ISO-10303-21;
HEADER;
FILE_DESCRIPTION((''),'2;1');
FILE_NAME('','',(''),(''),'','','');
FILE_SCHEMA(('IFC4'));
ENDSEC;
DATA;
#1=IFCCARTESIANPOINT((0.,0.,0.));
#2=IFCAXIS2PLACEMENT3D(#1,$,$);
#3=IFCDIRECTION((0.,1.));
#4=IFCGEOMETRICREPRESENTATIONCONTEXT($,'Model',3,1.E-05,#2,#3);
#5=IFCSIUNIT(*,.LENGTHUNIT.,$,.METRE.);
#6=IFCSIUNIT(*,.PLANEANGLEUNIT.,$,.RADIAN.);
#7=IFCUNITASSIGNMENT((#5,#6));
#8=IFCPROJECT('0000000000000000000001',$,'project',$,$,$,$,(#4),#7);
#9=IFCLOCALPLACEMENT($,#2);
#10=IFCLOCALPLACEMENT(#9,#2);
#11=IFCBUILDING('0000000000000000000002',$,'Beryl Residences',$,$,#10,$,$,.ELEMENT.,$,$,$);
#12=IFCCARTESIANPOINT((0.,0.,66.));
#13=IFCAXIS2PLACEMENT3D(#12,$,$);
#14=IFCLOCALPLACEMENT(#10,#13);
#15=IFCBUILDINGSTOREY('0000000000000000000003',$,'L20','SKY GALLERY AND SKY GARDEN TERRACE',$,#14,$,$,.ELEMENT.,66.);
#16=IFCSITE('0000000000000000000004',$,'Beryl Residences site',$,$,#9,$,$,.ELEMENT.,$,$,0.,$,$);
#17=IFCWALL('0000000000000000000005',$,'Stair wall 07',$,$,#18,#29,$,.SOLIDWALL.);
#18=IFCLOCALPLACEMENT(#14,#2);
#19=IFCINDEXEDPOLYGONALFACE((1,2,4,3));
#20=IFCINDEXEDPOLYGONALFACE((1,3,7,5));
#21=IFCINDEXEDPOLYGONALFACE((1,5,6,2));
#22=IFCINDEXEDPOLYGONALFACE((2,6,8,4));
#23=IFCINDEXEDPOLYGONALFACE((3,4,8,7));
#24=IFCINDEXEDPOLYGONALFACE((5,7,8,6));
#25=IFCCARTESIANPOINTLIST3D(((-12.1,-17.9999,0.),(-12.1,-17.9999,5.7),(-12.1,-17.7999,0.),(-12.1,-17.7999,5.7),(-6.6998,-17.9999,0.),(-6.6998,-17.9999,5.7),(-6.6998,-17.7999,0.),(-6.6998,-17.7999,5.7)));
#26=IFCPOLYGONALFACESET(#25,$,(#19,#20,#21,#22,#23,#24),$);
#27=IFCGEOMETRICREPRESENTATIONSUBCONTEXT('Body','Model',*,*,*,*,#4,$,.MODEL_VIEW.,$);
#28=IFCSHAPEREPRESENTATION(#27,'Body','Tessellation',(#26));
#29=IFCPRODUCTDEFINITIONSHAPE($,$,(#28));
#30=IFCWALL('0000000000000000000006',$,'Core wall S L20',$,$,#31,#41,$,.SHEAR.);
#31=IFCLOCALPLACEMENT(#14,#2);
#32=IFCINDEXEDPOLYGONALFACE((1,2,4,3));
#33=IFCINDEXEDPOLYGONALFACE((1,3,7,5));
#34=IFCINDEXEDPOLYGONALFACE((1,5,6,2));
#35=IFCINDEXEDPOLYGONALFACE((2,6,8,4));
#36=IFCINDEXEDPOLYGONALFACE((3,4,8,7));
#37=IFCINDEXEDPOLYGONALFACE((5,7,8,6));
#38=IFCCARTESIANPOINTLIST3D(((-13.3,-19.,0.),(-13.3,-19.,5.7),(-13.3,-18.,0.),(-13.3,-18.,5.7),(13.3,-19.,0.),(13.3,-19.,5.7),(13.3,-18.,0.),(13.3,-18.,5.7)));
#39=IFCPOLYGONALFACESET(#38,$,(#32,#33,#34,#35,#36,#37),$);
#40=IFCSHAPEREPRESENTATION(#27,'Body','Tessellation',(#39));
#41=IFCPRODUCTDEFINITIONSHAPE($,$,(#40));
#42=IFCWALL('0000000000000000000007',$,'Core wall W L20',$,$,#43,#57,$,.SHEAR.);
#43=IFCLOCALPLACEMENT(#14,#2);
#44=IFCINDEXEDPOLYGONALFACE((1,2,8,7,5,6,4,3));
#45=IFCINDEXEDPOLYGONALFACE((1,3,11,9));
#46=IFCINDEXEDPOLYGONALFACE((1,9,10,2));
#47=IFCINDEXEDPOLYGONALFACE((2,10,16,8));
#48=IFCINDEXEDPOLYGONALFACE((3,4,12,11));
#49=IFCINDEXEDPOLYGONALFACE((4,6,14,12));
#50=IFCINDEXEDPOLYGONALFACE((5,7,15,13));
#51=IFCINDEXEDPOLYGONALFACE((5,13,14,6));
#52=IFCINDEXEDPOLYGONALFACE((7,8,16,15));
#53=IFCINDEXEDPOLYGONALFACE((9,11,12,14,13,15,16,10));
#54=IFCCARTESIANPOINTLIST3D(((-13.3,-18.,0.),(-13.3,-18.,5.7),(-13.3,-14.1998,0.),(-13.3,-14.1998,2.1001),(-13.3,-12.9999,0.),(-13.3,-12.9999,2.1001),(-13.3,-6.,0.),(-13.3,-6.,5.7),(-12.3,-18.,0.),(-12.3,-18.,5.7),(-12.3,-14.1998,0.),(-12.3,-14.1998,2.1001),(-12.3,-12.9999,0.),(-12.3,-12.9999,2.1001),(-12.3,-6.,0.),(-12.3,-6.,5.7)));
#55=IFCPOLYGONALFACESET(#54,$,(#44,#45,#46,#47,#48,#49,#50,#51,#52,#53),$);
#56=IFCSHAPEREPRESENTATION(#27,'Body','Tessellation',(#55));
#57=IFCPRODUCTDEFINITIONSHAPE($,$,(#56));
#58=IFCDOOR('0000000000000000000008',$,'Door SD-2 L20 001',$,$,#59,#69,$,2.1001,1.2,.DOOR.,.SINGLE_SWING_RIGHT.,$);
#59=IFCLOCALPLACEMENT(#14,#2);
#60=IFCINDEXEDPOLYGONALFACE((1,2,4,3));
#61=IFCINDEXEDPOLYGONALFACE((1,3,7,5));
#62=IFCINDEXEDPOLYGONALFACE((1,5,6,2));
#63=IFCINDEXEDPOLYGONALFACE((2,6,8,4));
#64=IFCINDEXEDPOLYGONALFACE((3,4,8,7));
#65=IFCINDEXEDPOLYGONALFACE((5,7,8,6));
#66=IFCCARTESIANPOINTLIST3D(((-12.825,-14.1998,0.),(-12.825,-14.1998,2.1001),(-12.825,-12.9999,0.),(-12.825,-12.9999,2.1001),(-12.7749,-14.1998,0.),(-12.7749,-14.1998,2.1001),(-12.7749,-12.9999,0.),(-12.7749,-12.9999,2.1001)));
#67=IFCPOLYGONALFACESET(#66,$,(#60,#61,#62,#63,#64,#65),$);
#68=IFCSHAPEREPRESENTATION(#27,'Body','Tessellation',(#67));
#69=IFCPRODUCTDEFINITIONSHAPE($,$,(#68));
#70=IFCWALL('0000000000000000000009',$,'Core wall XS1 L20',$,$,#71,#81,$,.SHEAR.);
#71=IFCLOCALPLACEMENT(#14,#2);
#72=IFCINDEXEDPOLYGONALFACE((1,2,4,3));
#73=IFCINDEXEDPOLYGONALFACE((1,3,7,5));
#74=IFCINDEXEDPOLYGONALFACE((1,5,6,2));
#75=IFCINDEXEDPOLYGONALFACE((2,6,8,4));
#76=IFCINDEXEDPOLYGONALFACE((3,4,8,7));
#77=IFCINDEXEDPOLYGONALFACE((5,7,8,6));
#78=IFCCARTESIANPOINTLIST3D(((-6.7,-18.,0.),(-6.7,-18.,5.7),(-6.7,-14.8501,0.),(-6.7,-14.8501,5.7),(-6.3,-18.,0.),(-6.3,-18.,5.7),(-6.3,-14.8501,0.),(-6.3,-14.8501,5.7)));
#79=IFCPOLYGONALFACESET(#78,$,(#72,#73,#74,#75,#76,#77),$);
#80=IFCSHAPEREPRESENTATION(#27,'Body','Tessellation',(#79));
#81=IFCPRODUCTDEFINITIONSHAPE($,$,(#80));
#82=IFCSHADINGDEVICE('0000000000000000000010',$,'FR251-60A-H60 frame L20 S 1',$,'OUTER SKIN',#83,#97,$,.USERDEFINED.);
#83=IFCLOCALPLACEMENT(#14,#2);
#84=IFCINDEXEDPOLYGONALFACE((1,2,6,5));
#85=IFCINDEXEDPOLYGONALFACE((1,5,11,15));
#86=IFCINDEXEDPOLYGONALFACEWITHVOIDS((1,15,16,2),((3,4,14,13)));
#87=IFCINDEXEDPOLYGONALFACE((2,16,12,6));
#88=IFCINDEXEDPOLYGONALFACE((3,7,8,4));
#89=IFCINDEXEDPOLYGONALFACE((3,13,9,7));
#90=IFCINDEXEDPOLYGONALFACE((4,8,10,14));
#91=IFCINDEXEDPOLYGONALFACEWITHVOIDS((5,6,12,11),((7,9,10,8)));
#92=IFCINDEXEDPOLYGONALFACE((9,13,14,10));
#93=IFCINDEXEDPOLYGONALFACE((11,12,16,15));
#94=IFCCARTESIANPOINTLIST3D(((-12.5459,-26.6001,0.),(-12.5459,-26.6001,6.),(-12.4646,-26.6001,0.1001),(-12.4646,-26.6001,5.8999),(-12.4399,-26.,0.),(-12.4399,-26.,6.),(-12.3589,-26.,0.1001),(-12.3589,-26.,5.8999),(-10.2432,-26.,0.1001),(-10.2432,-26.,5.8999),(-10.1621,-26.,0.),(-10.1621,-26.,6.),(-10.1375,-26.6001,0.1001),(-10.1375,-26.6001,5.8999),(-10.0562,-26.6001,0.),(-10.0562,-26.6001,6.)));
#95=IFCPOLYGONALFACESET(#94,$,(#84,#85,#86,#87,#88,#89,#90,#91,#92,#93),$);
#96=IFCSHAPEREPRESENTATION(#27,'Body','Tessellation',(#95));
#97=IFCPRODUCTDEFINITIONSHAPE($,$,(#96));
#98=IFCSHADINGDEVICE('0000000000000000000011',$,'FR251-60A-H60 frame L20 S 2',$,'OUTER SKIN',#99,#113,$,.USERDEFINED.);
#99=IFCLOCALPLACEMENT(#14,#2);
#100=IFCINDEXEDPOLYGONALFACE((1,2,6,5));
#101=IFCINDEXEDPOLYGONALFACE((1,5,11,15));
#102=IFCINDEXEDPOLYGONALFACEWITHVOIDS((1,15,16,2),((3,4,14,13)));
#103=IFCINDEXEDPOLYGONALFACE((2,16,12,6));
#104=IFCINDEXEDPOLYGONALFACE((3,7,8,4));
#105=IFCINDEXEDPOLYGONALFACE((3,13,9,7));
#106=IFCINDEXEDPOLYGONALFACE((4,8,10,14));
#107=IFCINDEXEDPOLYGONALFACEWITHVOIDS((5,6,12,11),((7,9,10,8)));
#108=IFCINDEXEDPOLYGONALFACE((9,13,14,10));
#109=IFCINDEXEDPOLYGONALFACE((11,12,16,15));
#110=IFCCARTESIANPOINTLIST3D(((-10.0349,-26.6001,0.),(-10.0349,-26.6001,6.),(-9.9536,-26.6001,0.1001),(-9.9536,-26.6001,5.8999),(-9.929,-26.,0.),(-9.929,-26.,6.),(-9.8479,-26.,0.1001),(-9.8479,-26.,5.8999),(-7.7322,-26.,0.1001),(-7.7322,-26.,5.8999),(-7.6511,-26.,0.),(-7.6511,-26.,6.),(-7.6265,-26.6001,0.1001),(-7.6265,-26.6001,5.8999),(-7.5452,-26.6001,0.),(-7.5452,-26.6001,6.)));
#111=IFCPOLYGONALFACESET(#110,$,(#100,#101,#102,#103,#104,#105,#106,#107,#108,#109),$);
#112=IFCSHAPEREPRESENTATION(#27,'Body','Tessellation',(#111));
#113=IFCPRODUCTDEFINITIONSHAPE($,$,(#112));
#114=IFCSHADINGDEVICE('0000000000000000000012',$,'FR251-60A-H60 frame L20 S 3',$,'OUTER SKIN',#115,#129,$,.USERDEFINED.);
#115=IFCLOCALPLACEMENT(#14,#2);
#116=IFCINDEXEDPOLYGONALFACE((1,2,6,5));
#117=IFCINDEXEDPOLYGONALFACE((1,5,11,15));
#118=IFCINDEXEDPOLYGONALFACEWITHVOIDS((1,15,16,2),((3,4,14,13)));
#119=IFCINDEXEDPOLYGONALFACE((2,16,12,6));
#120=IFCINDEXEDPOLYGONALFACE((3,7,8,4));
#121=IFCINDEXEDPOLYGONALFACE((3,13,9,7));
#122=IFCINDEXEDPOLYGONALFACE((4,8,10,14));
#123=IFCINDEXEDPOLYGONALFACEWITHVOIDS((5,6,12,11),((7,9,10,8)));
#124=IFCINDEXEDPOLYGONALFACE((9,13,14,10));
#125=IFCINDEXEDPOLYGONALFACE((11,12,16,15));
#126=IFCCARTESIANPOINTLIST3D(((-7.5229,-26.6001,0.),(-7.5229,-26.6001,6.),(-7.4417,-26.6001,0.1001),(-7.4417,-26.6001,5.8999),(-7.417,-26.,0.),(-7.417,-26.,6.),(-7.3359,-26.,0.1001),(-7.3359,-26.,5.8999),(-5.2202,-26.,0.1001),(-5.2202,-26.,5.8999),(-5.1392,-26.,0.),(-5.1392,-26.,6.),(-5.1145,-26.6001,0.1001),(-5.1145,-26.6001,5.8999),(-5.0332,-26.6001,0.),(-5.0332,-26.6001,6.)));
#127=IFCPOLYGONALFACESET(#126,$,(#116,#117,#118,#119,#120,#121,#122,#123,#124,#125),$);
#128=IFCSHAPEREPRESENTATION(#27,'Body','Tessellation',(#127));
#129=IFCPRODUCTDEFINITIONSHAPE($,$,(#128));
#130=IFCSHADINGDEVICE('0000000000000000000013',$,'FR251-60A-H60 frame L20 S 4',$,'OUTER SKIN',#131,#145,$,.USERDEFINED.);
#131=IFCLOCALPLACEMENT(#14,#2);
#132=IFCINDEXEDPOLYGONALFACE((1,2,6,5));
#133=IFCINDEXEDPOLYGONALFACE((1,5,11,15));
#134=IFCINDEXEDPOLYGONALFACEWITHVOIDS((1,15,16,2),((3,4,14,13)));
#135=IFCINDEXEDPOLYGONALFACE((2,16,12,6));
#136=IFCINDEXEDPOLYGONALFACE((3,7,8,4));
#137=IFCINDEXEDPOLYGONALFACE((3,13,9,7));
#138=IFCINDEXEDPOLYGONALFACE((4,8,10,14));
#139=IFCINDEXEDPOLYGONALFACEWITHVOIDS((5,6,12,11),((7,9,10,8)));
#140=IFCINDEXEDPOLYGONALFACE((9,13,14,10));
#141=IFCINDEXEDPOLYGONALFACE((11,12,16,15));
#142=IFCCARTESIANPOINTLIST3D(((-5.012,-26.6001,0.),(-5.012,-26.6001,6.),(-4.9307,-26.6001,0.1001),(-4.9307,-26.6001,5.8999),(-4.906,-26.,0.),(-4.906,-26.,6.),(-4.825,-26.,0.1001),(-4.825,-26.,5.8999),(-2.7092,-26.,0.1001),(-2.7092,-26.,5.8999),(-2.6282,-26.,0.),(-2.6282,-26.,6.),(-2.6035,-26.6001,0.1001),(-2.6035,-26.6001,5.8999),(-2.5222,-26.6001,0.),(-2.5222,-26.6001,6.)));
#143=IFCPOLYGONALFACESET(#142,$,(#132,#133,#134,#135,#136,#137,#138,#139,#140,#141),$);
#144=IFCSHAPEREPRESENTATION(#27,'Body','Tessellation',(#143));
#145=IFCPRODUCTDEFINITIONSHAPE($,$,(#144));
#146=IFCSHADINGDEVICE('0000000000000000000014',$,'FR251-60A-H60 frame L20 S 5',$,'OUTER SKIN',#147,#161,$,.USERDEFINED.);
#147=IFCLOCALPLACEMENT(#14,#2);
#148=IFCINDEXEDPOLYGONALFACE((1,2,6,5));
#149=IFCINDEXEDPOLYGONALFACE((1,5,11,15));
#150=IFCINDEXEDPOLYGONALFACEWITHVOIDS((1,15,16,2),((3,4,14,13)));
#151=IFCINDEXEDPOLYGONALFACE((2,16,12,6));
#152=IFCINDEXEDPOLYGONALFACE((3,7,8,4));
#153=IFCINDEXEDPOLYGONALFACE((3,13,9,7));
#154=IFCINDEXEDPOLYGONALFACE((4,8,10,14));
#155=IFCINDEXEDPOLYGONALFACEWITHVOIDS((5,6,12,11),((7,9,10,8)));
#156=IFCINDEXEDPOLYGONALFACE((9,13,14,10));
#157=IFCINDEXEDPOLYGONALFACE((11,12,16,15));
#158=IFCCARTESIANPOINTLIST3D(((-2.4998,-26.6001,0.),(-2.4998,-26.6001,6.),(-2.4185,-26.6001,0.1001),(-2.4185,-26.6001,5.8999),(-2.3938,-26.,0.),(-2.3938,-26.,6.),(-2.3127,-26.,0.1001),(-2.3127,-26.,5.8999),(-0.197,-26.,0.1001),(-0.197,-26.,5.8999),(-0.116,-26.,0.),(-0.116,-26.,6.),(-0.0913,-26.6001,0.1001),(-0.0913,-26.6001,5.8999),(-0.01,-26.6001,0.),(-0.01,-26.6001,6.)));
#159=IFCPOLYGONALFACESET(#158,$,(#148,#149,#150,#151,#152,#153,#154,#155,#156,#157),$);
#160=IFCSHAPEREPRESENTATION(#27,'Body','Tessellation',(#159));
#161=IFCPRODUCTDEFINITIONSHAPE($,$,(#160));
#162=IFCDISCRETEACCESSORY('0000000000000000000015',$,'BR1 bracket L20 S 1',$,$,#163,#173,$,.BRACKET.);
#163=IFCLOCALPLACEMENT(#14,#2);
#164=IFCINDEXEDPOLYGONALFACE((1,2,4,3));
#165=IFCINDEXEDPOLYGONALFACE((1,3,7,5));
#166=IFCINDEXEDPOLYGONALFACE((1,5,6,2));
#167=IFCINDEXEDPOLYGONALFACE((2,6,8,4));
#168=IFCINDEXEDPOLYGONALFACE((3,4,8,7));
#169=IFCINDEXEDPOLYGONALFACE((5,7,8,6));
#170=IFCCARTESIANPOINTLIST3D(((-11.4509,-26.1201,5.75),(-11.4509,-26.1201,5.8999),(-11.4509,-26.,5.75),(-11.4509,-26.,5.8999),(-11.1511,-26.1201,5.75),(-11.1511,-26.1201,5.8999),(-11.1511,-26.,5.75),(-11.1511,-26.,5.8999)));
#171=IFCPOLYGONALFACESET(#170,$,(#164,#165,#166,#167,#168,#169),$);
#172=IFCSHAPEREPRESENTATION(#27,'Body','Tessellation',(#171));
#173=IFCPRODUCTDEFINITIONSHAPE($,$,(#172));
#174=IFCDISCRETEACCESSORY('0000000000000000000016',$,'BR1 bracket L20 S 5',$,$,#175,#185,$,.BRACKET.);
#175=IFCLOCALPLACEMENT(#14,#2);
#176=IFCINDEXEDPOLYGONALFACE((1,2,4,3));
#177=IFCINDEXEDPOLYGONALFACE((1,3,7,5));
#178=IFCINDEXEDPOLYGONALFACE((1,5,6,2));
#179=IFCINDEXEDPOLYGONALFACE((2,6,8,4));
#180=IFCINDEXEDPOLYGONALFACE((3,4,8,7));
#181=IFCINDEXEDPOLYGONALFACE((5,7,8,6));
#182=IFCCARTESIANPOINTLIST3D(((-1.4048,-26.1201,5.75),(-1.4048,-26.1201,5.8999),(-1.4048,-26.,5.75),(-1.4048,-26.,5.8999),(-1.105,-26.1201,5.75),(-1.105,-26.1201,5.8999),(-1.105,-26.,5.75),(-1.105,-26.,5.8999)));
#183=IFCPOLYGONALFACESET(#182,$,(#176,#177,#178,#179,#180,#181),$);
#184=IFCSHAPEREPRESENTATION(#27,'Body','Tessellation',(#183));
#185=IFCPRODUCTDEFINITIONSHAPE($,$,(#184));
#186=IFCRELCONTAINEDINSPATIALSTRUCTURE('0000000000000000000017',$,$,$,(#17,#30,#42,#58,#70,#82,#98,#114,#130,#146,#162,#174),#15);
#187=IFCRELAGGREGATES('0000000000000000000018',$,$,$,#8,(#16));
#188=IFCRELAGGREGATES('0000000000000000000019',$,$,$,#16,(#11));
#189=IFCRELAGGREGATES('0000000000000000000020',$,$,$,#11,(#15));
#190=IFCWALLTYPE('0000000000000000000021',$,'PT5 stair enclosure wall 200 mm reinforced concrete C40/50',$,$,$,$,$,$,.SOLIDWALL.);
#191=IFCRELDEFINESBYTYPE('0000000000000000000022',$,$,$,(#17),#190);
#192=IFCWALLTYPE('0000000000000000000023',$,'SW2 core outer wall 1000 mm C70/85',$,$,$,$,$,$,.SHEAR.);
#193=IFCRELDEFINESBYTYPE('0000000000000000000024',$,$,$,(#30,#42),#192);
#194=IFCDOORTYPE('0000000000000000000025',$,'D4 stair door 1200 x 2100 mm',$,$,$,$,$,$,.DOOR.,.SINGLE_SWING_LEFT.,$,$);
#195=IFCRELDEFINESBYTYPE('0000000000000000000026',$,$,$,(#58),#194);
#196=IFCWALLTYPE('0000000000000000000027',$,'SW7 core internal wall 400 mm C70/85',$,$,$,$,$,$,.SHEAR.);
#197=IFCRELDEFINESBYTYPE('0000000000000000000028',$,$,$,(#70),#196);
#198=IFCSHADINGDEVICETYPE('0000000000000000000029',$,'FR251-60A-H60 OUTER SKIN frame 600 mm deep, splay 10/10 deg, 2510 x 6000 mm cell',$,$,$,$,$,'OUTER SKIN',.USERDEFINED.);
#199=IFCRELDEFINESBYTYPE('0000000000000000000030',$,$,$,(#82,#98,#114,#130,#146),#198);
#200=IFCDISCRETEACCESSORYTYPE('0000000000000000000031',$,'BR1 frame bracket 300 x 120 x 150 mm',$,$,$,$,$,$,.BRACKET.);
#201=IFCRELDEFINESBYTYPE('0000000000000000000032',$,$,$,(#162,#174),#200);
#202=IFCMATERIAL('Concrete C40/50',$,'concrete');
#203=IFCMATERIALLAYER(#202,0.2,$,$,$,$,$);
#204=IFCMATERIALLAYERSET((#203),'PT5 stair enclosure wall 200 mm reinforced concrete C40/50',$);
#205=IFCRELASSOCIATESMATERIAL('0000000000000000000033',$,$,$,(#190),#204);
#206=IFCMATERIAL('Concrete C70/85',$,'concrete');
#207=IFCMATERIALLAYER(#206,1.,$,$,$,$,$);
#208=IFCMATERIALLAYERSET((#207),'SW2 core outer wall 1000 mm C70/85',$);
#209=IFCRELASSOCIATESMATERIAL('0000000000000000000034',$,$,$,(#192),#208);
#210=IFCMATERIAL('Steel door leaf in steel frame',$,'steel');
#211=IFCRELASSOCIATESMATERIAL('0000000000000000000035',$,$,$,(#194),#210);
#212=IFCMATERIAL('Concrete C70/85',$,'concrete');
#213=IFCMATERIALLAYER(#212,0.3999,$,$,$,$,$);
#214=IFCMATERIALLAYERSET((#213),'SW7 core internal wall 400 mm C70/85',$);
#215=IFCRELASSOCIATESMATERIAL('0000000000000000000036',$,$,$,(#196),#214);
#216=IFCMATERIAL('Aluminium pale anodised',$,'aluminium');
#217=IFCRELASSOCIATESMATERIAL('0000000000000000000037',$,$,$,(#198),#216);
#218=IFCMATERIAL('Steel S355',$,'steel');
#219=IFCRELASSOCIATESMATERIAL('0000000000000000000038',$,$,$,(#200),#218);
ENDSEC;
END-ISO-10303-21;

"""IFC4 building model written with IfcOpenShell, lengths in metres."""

from ifc_helpers import new_model, entity, si_unit, direction, frame, frame_2d, origin, place, context, subcontext, project, spatial, polyline, rectangle, outline, extrude, source, transform, mapped, material, layer, layer_set, type_object, type_shapes, element, fill, save


model = new_model("IFC4")

# Units and contexts
model_context = context("Model", 3, precision=1e-05, world=origin(), true_north=direction((0.0, 1.0)))
body_context = subcontext(model_context, "Body", "Model", "MODEL_VIEW")
ifc_project = project(units=[si_unit("LENGTHUNIT", "METRE"), si_unit("PLANEANGLEUNIT", "RADIAN")], contexts=[model_context])

# Site, building, storey
site_placement = place(None, origin())
site = spatial("IfcSite", under=ifc_project, at=site_placement, Name="Beryl Residences site", CompositionType="ELEMENT", RefElevation=0.0)
building_placement = place(site_placement, origin())
building = spatial("IfcBuilding", under=site, at=building_placement, Name="Beryl Residences", CompositionType="ELEMENT")
storey_placement = place(building_placement, frame((0.0, 0.0, 66.0)))
storey = spatial("IfcBuildingStorey", under=building, at=storey_placement, Name="L20", Description="SKY GALLERY AND SKY GARDEN TERRACE", CompositionType="ELEMENT", Elevation=66.0)

# Walls
ifc_material_1 = material(Name="Concrete C40/50", Category="concrete")
ifc_layer_1 = layer(ifc_material_1, 0.2)
ifc_layer_set_1 = layer_set([ifc_layer_1], Name="PT5 stair enclosure wall 200 mm reinforced concrete C40/50")
wall_type_1 = type_object("IfcWallType", Name="PT5 stair enclosure wall 200 mm reinforced concrete C40/50", PredefinedType="SOLIDWALL", material=ifc_layer_set_1)
wall_1_placement = place(storey_placement, frame((-12.1001, -17.8999, 0.0), z_axis=(0.0, 0.0, 1.0), x_axis=(1.0, 0.0, 0.0)))
element("IfcWall", 1, at=wall_1_placement, inside=storey, type_object=wall_type_1, Name="Stair wall 07", PredefinedType="SOLIDWALL", context=body_context, shape_type="SweptSolid", body=[
    extrude(rectangle(XDim=5.4001, YDim=0.2, at=frame_2d((2.7002, 0.0))), origin(), (0.0, 0.0, 1.0), 5.7),
])
ifc_material_2 = material(Name="Concrete C70/85", Category="concrete")
ifc_layer_2 = layer(ifc_material_2, 1.0)
ifc_layer_set_2 = layer_set([ifc_layer_2], Name="SW2 core outer wall 1000 mm C70/85")
wall_type_2 = type_object("IfcWallType", Name="SW2 core outer wall 1000 mm C70/85", PredefinedType="SHEAR", material=ifc_layer_set_2)
wall_2_placement = place(storey_placement, frame((-13.3, -18.5, 0.0), z_axis=(0.0, 0.0, 1.0), x_axis=(1.0, 0.0, 0.0)))
element("IfcWall", 2, at=wall_2_placement, inside=storey, type_object=wall_type_2, Name="Core wall S L20", PredefinedType="SHEAR", context=body_context, shape_type="SweptSolid", body=[
    extrude(rectangle(XDim=26.6001, YDim=1.0, at=frame_2d((13.3, 0.0))), origin(), (0.0, 0.0, 1.0), 5.7),
])

# Wall, opening, door
wall_3_placement = place(storey_placement, frame((-12.8, -18.0, 0.0), z_axis=(0.0, 0.0, 1.0), x_axis=(0.0, 1.0, 0.0)))
wall_3 = element("IfcWall", 3, at=wall_3_placement, inside=storey, type_object=wall_type_2, Name="Core wall W L20", PredefinedType="SHEAR", context=body_context, shape_type="SweptSolid", body=[
    extrude(rectangle(XDim=12.0, YDim=1.0, at=frame_2d((6.0, 0.0))), origin(), (0.0, 0.0, 1.0), 5.7),
])
opening_placement = place(wall_3_placement, frame((3.8, 0.0, 0.0)))
opening = element("IfcOpeningElement", 4, at=opening_placement, cuts=wall_3, PredefinedType="OPENING", context=body_context, shape_type="SweptSolid", body=[
    extrude(rectangle(XDim=1.2, YDim=2.1001, at=frame_2d((0.6001, 1.05))), frame((0.0, 0.51, 0.0), z_axis=(0.0, -1.0, 0.0), x_axis=(1.0, 0.0, 0.0)), (0.0, 0.0, 1.0), 1.02),
])
ifc_material_3 = material(Name="Steel door leaf in steel frame", Category="steel")
door_type = type_object("IfcDoorType", Name="D4 stair door 1200 x 2100 mm", OperationType="SINGLE_SWING_LEFT", PredefinedType="DOOR", material=ifc_material_3)
door_placement = place(opening_placement, origin())
door = element("IfcDoor", 5, at=door_placement, inside=storey, type_object=door_type, Name="Door SD-2 L20 001", OperationType="SINGLE_SWING_RIGHT", OverallHeight=2.1001, OverallWidth=1.2, PredefinedType="DOOR", context=body_context, shape_type="SweptSolid", body=[
    extrude(rectangle(XDim=1.2, YDim=2.1001, at=frame_2d((0.6001, 1.05))), frame((0.0, 0.0249, 0.0), z_axis=(0.0, -1.0, 0.0), x_axis=(1.0, 0.0, 0.0)), (0.0, 0.0, 1.0), 0.05),
])
fill(opening, door)

# Wall
ifc_material_4 = material(Name="Concrete C70/85", Category="concrete")
ifc_layer_3 = layer(ifc_material_4, 0.3999)
ifc_layer_set_3 = layer_set([ifc_layer_3], Name="SW7 core internal wall 400 mm C70/85")
wall_type_3 = type_object("IfcWallType", Name="SW7 core internal wall 400 mm C70/85", PredefinedType="SHEAR", material=ifc_layer_set_3)
wall_4_placement = place(storey_placement, frame((-6.5, -18.0, 0.0), z_axis=(0.0, 0.0, 1.0), x_axis=(0.0, 1.0, 0.0)))
element("IfcWall", 6, at=wall_4_placement, inside=storey, type_object=wall_type_3, Name="Core wall XS1 L20", PredefinedType="SHEAR", context=body_context, shape_type="SweptSolid", body=[
    extrude(rectangle(XDim=3.1499, YDim=0.3999, at=frame_2d((1.575, 0.0))), origin(), (0.0, 0.0, 1.0), 5.7),
])

# Shading devices
ifc_material_5 = material(Name="Aluminium pale anodised", Category="aluminium")
shading_device_type = type_object("IfcShadingDeviceType", Name="FR251-60A-H60 OUTER SKIN frame 600 mm deep, splay 10/10 deg, 2510 x 6000 mm cell", ElementType="OUTER SKIN", PredefinedType="USERDEFINED", material=ifc_material_5)
cartesian_point_1 = entity("IfcCartesianPoint", [-1.1389, 0.0])
cartesian_point_2 = entity("IfcCartesianPoint", [-1.0579, 0.1001])
cartesian_point_3 = entity("IfcCartesianPoint", [-1.2449, 0.0])
cartesian_point_4 = entity("IfcCartesianPoint", [-1.1636, 0.1001])
shared_shape_1 = source(origin(), body_context, "Body", "SweptSolid", [
    entity("IfcExtrudedAreaSolidTapered", entity("IfcArbitraryProfileDefWithVoids", "AREA", None, entity("IfcPolyline", [cartesian_point_1, entity("IfcCartesianPoint", [1.1389, 0.0]), entity("IfcCartesianPoint", [1.1389, 6.0]), entity("IfcCartesianPoint", [-1.1389, 6.0]), cartesian_point_1]), [entity("IfcPolyline", [cartesian_point_2, entity("IfcCartesianPoint", [1.0579, 0.1001]), entity("IfcCartesianPoint", [1.0579, 5.8999]), entity("IfcCartesianPoint", [-1.0579, 5.8999]), cartesian_point_2])]), entity("IfcAxis2Placement3D", entity("IfcCartesianPoint", [0.0, 0.0, 0.0]), entity("IfcDirection", [0.0, 1.0, 0.0]), entity("IfcDirection", [-1.0, 0.0, 0.0])), entity("IfcDirection", [0.0, 0.0, 1.0]), 0.6001, entity("IfcArbitraryProfileDefWithVoids", "AREA", None, entity("IfcPolyline", [cartesian_point_3, entity("IfcCartesianPoint", [1.2449, 0.0]), entity("IfcCartesianPoint", [1.2449, 6.0]), entity("IfcCartesianPoint", [-1.2449, 6.0]), cartesian_point_3]), [entity("IfcPolyline", [cartesian_point_4, entity("IfcCartesianPoint", [1.1636, 0.1001]), entity("IfcCartesianPoint", [1.1636, 5.8999]), entity("IfcCartesianPoint", [-1.1636, 5.8999]), cartesian_point_4])])),
])
type_shapes(shading_device_type, [shared_shape_1])
for number, where, z_axis, x_axis, name in (
    (7, (-11.301, -26.0, 0.0), (0.0, 0.0, 1.0), (-1.0, 0.0, 0.0), "FR251-60A-H60 frame L20 S 1"),
    (8, (-8.79, -26.0, 0.0), (0.0, 0.0, 1.0), (-1.0, 0.0, 0.0), "FR251-60A-H60 frame L20 S 2"),
    (9, (-6.2781, -26.0, 0.0), (0.0, 0.0, 1.0), (-1.0, 0.0, 0.0), "FR251-60A-H60 frame L20 S 3"),
    (10, (-3.7671, -26.0, 0.0), (0.0, 0.0, 1.0), (-1.0, 0.0, 0.0), "FR251-60A-H60 frame L20 S 4"),
    (11, (-1.2549, -26.0, 0.0), (0.0, 0.0, 1.0), (-1.0, 0.0, 0.0), "FR251-60A-H60 frame L20 S 5"),
):
    element("IfcShadingDevice", number, at=place(storey_placement, frame(where, z_axis=z_axis, x_axis=x_axis)), inside=storey, type_object=shading_device_type, Name=name, ObjectType="OUTER SKIN", PredefinedType="USERDEFINED", context=body_context, shape_type="MappedRepresentation", body=[
        mapped(shared_shape_1, transform((0.0, 0.0, 0.0))),
    ])

# Discrete accessories
ifc_material_6 = material(Name="Steel S355", Category="steel")
discrete_accessory_type = type_object("IfcDiscreteAccessoryType", Name="BR1 frame bracket 300 x 120 x 150 mm", PredefinedType="BRACKET", material=ifc_material_6)
shared_shape_2 = source(origin(), body_context, "Body", "SweptSolid", [
    extrude(outline(polyline([(-0.1499, 0.0), (0.1499, 0.0), (0.1499, 0.1201), (-0.1499, 0.1201), (-0.1499, 0.0)])), origin(), (0.0, 0.0, 1.0), 0.1499),
])
type_shapes(discrete_accessory_type, [shared_shape_2])
for number, where, z_axis, x_axis, name in (
    (12, (-11.301, -26.0, 5.75), (0.0, 0.0, 1.0), (-1.0, 0.0, 0.0), "BR1 bracket L20 S 1"),
    (13, (-1.2549, -26.0, 5.75), (0.0, 0.0, 1.0), (-1.0, 0.0, 0.0), "BR1 bracket L20 S 5"),
):
    element("IfcDiscreteAccessory", number, at=place(storey_placement, frame(where, z_axis=z_axis, x_axis=x_axis)), inside=storey, type_object=discrete_accessory_type, Name=name, PredefinedType="BRACKET", context=body_context, shape_type="MappedRepresentation", body=[
        mapped(shared_shape_2, transform((0.0, 0.0, 0.0))),
    ])

save(model, "model.ifc")
